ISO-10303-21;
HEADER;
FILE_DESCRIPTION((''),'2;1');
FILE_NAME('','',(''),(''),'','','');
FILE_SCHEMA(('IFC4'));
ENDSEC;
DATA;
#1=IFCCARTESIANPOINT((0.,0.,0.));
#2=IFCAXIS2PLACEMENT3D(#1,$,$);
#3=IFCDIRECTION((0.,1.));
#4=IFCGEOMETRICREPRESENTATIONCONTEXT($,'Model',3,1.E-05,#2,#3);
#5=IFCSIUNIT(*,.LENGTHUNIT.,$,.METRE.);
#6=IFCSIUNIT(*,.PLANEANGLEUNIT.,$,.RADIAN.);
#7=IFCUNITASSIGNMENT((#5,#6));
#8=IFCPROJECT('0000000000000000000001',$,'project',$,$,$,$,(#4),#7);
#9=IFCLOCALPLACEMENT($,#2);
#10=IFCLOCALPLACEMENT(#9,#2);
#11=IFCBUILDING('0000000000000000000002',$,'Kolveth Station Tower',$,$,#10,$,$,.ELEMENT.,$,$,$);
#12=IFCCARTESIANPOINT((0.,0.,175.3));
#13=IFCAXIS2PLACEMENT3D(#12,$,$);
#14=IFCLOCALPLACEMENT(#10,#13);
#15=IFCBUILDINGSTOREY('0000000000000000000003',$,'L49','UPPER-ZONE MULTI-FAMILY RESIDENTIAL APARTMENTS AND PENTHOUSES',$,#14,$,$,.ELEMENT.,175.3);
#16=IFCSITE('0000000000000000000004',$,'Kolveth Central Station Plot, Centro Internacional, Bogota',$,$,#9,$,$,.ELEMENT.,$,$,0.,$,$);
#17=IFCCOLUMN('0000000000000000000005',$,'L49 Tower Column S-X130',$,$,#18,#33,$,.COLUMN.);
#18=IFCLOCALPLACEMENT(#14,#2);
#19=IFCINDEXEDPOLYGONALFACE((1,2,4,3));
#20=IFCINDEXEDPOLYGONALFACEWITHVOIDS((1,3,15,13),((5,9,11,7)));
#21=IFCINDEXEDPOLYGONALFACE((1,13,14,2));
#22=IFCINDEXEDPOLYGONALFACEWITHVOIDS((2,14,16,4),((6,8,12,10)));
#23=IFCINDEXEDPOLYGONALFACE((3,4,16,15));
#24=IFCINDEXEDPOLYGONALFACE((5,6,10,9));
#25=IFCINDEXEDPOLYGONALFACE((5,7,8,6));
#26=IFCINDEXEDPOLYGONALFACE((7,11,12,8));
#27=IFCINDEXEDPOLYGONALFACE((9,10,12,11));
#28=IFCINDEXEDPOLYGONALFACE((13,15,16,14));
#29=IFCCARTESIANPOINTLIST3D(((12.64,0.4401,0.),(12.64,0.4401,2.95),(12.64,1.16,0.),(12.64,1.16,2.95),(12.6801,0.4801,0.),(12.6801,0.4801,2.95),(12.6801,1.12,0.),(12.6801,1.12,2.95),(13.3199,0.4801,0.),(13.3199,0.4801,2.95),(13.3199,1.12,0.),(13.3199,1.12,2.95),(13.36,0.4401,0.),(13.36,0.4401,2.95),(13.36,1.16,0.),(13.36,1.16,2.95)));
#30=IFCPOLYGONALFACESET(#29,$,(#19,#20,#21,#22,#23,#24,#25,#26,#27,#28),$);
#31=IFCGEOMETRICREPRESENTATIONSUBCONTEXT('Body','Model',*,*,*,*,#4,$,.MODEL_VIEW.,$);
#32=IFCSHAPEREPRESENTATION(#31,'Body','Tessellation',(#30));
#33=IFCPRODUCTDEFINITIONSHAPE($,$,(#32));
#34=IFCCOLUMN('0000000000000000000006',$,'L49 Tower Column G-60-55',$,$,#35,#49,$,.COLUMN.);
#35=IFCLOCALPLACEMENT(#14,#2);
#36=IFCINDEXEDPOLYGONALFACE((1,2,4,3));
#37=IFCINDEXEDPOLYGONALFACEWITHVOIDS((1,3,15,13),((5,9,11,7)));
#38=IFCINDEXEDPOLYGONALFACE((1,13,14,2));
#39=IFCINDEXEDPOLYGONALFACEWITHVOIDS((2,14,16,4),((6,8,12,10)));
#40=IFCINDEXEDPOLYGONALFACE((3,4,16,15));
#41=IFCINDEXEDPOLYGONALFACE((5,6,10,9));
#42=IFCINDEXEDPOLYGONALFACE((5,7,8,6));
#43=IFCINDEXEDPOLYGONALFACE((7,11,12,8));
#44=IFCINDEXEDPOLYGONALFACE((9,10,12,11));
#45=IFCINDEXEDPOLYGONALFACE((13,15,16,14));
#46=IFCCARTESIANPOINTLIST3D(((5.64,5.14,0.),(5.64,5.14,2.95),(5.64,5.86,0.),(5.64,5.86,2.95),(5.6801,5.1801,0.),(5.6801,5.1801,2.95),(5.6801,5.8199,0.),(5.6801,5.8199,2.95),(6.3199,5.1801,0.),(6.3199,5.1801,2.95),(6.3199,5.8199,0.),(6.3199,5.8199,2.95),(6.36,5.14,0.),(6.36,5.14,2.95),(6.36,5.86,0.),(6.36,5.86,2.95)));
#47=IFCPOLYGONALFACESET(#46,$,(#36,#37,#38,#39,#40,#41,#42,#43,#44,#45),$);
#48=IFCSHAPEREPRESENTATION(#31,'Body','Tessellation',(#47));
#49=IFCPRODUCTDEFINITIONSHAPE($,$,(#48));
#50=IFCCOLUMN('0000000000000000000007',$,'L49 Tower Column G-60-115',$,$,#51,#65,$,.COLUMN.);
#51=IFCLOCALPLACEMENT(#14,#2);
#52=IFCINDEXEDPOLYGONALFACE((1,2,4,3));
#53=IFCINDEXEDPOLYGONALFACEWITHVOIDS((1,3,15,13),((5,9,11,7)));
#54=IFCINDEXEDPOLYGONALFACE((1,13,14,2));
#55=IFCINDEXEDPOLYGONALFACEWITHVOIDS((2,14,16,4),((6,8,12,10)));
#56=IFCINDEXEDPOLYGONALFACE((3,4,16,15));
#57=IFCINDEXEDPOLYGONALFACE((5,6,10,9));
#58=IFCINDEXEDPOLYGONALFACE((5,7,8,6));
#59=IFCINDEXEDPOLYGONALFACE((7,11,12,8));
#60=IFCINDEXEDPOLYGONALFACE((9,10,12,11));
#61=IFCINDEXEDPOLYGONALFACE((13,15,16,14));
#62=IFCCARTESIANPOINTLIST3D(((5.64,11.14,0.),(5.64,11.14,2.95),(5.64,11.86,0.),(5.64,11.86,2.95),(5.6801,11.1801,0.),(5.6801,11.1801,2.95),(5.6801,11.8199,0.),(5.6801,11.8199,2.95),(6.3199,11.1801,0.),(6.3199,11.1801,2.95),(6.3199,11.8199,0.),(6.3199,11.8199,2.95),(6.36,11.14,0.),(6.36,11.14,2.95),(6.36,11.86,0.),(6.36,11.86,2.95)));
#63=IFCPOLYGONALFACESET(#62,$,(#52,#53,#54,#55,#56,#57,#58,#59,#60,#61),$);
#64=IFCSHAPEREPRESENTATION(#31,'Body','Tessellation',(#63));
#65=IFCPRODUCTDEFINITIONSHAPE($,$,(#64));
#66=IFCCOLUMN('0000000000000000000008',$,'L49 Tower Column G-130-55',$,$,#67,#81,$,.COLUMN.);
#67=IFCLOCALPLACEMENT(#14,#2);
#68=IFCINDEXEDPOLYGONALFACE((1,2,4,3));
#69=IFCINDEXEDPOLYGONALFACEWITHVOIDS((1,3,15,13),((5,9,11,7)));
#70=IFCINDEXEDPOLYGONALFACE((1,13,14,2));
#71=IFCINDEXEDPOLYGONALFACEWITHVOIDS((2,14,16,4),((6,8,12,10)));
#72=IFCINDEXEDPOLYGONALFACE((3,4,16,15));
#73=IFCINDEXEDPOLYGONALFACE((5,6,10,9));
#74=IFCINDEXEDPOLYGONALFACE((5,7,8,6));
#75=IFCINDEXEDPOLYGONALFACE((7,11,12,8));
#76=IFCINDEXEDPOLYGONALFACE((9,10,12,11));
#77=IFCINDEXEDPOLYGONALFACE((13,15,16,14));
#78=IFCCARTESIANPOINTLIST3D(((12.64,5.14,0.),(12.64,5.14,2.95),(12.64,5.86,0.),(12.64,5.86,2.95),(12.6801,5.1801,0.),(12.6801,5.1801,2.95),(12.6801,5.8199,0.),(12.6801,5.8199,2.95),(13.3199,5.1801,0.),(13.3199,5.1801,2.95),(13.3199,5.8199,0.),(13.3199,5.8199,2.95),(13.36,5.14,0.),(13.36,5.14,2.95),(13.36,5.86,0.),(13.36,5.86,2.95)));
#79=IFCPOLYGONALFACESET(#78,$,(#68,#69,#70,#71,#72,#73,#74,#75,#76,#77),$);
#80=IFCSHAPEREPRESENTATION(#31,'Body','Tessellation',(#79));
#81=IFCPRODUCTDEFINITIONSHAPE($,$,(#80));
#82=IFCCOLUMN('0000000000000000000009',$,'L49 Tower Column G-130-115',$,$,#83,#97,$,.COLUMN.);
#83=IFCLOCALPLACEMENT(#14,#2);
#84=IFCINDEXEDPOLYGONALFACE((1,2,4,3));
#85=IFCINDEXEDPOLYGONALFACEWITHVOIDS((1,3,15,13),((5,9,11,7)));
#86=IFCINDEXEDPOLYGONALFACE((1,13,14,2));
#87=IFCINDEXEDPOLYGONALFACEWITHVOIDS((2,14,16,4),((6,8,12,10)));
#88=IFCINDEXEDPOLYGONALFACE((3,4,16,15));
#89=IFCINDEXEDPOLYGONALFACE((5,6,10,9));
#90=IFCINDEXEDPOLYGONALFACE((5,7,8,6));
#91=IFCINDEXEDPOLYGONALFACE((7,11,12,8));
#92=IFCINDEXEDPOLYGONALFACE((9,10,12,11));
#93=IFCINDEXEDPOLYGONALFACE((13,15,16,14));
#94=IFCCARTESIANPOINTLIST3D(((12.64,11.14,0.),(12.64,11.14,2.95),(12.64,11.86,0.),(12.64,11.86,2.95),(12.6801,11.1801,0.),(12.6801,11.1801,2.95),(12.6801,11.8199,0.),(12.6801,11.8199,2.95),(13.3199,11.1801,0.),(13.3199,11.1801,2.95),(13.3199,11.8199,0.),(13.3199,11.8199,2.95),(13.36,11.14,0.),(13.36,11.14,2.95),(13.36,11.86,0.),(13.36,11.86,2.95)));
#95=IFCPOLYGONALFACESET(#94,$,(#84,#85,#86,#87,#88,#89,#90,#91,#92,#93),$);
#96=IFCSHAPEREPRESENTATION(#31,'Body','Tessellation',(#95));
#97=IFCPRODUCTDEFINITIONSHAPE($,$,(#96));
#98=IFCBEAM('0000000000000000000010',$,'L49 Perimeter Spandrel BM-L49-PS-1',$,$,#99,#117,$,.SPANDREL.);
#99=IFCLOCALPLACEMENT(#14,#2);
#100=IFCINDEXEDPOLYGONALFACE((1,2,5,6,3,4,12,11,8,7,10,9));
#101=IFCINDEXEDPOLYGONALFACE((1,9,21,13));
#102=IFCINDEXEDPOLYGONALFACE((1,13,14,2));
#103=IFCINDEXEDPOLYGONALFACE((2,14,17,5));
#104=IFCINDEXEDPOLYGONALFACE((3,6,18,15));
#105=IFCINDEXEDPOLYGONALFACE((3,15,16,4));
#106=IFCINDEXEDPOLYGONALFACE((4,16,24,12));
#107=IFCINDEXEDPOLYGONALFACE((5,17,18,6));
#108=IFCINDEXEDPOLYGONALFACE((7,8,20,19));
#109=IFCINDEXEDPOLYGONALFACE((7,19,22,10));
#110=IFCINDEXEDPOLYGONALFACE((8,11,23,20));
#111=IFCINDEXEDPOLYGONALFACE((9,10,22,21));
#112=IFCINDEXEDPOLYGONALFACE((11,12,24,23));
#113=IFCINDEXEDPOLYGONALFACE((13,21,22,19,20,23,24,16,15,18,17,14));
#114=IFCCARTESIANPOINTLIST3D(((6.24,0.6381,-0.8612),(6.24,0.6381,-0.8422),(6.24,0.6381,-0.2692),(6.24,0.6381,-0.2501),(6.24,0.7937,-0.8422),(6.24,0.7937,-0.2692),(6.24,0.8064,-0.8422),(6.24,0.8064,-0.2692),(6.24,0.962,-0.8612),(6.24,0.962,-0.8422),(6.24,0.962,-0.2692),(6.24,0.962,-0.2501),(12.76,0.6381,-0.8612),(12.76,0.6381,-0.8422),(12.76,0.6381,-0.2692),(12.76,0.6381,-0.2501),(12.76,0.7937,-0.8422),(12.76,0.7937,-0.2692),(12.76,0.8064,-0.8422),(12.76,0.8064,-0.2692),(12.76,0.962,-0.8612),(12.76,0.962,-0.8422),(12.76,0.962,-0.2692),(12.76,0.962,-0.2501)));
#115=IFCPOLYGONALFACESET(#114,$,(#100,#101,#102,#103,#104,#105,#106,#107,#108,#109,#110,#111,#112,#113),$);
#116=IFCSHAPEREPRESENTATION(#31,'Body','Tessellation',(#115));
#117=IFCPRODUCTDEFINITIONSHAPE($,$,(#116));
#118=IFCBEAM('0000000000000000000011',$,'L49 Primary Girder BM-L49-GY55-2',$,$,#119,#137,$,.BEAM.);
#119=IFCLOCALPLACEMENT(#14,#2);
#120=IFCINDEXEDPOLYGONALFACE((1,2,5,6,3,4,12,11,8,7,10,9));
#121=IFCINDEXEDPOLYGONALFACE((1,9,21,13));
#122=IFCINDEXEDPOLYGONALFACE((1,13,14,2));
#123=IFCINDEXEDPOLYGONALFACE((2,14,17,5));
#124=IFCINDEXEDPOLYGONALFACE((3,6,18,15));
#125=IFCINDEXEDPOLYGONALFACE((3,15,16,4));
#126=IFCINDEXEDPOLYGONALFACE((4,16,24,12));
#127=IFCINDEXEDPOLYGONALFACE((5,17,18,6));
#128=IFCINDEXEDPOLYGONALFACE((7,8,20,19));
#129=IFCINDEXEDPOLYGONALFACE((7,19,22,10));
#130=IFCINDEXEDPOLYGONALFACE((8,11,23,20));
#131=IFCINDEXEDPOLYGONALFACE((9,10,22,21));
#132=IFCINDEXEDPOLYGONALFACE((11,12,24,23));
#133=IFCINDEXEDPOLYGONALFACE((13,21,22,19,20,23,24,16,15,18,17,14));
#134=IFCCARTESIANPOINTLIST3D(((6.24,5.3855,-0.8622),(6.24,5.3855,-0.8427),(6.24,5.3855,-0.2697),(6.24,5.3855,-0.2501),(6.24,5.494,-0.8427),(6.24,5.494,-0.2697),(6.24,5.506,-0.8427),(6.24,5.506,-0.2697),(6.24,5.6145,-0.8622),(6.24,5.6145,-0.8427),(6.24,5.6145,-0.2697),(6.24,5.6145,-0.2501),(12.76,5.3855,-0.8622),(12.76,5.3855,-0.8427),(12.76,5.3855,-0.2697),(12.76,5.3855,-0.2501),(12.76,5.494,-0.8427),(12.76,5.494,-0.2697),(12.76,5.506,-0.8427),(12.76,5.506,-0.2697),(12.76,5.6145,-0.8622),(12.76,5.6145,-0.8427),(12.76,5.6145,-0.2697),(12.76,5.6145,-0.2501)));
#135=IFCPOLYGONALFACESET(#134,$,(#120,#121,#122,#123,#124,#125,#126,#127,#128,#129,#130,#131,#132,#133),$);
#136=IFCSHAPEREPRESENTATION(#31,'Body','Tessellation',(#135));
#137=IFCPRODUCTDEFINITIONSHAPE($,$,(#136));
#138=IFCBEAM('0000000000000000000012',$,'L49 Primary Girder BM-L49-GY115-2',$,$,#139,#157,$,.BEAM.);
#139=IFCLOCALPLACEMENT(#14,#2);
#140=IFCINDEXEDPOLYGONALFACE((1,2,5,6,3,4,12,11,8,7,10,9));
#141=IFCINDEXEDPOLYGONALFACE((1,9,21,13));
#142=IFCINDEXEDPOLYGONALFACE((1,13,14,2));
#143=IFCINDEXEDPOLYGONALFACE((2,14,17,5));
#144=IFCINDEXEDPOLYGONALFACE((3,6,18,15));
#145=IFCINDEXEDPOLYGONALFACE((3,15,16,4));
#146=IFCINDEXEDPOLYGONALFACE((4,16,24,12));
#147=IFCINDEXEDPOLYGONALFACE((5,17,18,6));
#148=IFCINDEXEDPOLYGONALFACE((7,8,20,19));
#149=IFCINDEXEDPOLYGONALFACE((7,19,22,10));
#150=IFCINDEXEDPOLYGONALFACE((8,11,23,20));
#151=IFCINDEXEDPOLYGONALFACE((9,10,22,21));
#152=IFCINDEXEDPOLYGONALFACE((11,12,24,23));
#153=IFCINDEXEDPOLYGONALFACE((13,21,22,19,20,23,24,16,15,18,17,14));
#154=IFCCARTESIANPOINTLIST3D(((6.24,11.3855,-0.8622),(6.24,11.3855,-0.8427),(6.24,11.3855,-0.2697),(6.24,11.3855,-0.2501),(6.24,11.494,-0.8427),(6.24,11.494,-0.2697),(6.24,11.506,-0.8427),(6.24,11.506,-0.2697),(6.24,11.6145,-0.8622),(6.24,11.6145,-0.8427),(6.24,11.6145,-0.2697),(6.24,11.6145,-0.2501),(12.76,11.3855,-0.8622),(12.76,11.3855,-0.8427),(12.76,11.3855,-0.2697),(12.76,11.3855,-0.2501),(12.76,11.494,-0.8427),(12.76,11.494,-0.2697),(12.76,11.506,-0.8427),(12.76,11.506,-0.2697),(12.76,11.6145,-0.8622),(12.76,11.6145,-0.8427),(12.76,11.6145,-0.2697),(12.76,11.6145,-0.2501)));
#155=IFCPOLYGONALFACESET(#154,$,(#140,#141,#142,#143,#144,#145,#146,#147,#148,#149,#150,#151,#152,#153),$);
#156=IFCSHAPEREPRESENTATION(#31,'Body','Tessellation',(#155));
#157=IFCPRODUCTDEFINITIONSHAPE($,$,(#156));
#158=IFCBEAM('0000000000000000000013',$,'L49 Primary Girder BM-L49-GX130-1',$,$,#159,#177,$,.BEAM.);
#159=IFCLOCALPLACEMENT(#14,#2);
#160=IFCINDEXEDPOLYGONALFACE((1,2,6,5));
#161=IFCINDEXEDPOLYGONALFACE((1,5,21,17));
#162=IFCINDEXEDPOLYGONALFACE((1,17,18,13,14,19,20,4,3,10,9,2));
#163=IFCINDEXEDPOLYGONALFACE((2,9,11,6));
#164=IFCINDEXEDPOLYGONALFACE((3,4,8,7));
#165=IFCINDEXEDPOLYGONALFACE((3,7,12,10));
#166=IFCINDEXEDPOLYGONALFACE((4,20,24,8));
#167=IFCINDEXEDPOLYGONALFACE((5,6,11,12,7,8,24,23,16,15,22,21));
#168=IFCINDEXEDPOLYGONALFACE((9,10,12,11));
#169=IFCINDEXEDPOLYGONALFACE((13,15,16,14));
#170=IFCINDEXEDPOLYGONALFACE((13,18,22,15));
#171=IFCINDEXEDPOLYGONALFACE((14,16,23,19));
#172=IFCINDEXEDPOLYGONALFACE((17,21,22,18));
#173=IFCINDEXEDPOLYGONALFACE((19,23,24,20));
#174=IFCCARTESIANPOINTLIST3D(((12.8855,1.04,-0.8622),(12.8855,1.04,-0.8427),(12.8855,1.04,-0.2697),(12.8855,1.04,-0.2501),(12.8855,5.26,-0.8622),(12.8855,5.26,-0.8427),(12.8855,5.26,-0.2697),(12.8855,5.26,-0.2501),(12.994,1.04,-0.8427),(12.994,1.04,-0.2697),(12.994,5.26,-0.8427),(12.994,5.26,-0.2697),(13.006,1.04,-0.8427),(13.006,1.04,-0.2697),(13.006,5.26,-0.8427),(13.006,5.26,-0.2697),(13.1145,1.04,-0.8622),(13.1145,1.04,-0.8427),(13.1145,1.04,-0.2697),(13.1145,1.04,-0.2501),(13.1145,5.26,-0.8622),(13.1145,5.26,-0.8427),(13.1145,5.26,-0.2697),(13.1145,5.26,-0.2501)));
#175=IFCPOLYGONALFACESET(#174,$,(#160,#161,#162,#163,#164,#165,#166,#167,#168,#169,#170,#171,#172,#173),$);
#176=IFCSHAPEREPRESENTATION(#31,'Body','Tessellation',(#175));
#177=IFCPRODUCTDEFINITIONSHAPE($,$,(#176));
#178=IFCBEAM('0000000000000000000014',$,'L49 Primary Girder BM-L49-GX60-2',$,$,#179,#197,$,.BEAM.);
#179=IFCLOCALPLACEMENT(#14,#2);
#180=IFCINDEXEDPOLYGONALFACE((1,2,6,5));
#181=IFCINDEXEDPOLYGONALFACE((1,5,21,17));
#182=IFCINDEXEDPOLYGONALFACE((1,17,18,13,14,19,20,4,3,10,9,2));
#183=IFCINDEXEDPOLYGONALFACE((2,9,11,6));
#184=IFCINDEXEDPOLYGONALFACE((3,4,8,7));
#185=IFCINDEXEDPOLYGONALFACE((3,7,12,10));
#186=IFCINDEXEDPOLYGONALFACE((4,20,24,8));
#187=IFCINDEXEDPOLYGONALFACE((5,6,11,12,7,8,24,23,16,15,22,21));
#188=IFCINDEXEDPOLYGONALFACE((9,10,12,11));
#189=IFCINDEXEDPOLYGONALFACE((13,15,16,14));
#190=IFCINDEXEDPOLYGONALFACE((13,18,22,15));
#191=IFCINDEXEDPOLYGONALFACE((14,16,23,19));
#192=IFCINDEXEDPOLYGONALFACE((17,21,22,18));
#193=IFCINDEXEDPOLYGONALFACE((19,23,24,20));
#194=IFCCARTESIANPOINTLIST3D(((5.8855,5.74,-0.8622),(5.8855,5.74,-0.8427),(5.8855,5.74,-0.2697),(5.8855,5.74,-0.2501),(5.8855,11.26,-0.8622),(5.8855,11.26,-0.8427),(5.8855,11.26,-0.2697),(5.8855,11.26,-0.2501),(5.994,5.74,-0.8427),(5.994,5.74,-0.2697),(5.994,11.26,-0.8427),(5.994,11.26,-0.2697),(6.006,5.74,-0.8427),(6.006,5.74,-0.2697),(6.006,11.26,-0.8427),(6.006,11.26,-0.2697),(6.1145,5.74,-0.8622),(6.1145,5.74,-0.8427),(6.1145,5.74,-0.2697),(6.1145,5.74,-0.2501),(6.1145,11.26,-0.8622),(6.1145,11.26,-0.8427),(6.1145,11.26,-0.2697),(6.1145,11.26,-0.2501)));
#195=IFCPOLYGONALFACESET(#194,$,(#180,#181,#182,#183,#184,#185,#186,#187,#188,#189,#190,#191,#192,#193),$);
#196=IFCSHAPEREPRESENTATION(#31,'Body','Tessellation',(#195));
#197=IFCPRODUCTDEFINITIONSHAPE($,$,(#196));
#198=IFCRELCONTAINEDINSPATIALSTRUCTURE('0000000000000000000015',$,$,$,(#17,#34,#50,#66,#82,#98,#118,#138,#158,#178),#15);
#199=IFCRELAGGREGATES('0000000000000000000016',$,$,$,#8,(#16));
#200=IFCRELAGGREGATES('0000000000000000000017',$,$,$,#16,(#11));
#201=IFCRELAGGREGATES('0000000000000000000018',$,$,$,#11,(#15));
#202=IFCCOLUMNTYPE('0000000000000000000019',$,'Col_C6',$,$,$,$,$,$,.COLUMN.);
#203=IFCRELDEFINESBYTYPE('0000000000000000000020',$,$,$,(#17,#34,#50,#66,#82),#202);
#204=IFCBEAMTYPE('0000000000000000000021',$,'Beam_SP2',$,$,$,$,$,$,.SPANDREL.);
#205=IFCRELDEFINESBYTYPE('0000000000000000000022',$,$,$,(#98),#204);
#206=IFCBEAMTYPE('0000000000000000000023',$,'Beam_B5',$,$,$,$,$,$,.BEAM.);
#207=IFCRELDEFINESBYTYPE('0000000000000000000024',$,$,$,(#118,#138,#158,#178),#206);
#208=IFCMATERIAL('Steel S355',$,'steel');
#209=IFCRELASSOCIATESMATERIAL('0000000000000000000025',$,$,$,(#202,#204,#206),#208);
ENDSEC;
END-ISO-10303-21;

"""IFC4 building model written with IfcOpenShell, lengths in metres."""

from ifc_helpers import new_model, si_unit, direction, frame, origin, origin_2d, place, context, subcontext, project, spatial, hollow_rectangle, i_section, extrude, source, transform, mapped, material, material_profile, profile_set, type_object, element, save


model = new_model("IFC4")

# Units and contexts
model_context = context("Model", 3, precision=1e-05, world=origin(), true_north=direction((0.0, 1.0)))
body_context = subcontext(model_context, "Body", "Model", "MODEL_VIEW")
ifc_project = project(units=[si_unit("LENGTHUNIT", "METRE"), si_unit("PLANEANGLEUNIT", "RADIAN")], contexts=[model_context])

# Site, building, storey
site_placement = place(None, origin())
site = spatial("IfcSite", under=ifc_project, at=site_placement, Name="Kolveth Central Station Plot, Centro Internacional, Bogota", CompositionType="ELEMENT", RefElevation=0.0)
building_placement = place(site_placement, origin())
building = spatial("IfcBuilding", under=site, at=building_placement, Name="Kolveth Station Tower", CompositionType="ELEMENT")
storey_placement = place(building_placement, frame((0.0, 0.0, 175.3)))
storey = spatial("IfcBuildingStorey", under=building, at=storey_placement, Name="L49", Description="UPPER-ZONE MULTI-FAMILY RESIDENTIAL APARTMENTS AND PENTHOUSES", CompositionType="ELEMENT", Elevation=175.3)

# Columns
ifc_material_1 = material(Name="Steel S355", Category="steel")
ifc_material_profile_1 = material_profile(ifc_material_1, hollow_rectangle(XDim=0.72, YDim=0.72, WallThickness=0.04, at=origin_2d()), Name="BOX720x720x40")
ifc_profile_set_1 = profile_set([ifc_material_profile_1], Name="Steel S355")
column_type = type_object("IfcColumnType", Name="Col_C6", PredefinedType="COLUMN", material=ifc_profile_set_1)
shared_shape_1 = source(origin(), body_context, "Body", "SweptSolid", [
    extrude(hollow_rectangle(XDim=0.72, YDim=0.72, WallThickness=0.04, at=origin_2d()), origin(), (0.0, 0.0, 1.0), 2.95),
])
for number, where, z_axis, x_axis, name in (
    (1, (13.0, 0.8, 0.0), (0.0, 0.0, 1.0), (1.0, 0.0, 0.0), "L49 Tower Column S-X130"),
    (2, (6.0, 5.5, 0.0), (0.0, 0.0, 1.0), (1.0, 0.0, 0.0), "L49 Tower Column G-60-55"),
    (3, (6.0, 11.5, 0.0), (0.0, 0.0, 1.0), (1.0, 0.0, 0.0), "L49 Tower Column G-60-115"),
    (4, (13.0, 5.5, 0.0), (0.0, 0.0, 1.0), (1.0, 0.0, 0.0), "L49 Tower Column G-130-55"),
    (5, (13.0, 11.5, 0.0), (0.0, 0.0, 1.0), (1.0, 0.0, 0.0), "L49 Tower Column G-130-115"),
):
    element("IfcColumn", number, at=place(storey_placement, frame(where, z_axis=z_axis, x_axis=x_axis)), inside=storey, type_object=column_type, Name=name, PredefinedType="COLUMN", context=body_context, shape_type="MappedRepresentation", body=[
        mapped(shared_shape_1, transform((0.0, 0.0, 0.0), x_axis=(1.0, 0.0, 0.0), y_axis=(0.0, 1.0, 0.0), z_axis=(0.0, 0.0, 1.0), scale=1.0)),
    ])

# Beams
ifc_material_profile_2 = material_profile(ifc_material_1, i_section(OverallWidth=0.324, OverallDepth=0.6111, WebThickness=0.0127, FlangeThickness=0.019, at=origin_2d()), Name="W610x155")
ifc_profile_set_2 = profile_set([ifc_material_profile_2], Name="Steel S355")
beam_type_1 = type_object("IfcBeamType", Name="Beam_SP2", PredefinedType="SPANDREL", material=ifc_profile_set_2)
shared_shape_2 = source(origin(), body_context, "Body", "SweptSolid", [
    extrude(i_section(OverallWidth=0.324, OverallDepth=0.6111, WebThickness=0.0127, FlangeThickness=0.019, at=origin_2d()), origin(), (0.0, 0.0, 1.0), 6.52),
])
beam_1_placement = place(storey_placement, frame((6.24, 0.8, -0.5557), z_axis=(1.0, 0.0, 0.0), x_axis=(0.0, 1.0, 0.0)))
element("IfcBeam", 6, at=beam_1_placement, inside=storey, type_object=beam_type_1, Name="L49 Perimeter Spandrel BM-L49-PS-1", PredefinedType="SPANDREL", context=body_context, shape_type="MappedRepresentation", body=[
    mapped(shared_shape_2, transform((0.0, 0.0, 0.0), x_axis=(1.0, 0.0, 0.0), y_axis=(0.0, 1.0, 0.0), z_axis=(0.0, 0.0, 1.0), scale=1.0)),
])
ifc_material_profile_3 = material_profile(ifc_material_1, i_section(OverallWidth=0.229, OverallDepth=0.6121, WebThickness=0.012, FlangeThickness=0.0195, at=origin_2d()), Name="W610x125")
ifc_profile_set_3 = profile_set([ifc_material_profile_3], Name="Steel S355")
beam_type_2 = type_object("IfcBeamType", Name="Beam_B5", PredefinedType="BEAM", material=ifc_profile_set_3)
shared_shape_3 = source(origin(), body_context, "Body", "SweptSolid", [
    extrude(i_section(OverallWidth=0.229, OverallDepth=0.6121, WebThickness=0.012, FlangeThickness=0.0195, at=origin_2d()), origin(), (0.0, 0.0, 1.0), 6.52),
])
for number, where, z_axis, x_axis, name in (
    (7, (6.24, 5.5, -0.5562), (1.0, 0.0, 0.0), (0.0, 1.0, 0.0), "L49 Primary Girder BM-L49-GY55-2"),
    (8, (6.24, 11.5, -0.5562), (1.0, 0.0, 0.0), (0.0, 1.0, 0.0), "L49 Primary Girder BM-L49-GY115-2"),
):
    element("IfcBeam", number, at=place(storey_placement, frame(where, z_axis=z_axis, x_axis=x_axis)), inside=storey, type_object=beam_type_2, Name=name, PredefinedType="BEAM", context=body_context, shape_type="MappedRepresentation", body=[
        mapped(shared_shape_3, transform((0.0, 0.0, 0.0), x_axis=(1.0, 0.0, 0.0), y_axis=(0.0, 1.0, 0.0), z_axis=(0.0, 0.0, 1.0), scale=1.0)),
    ])
shared_shape_4 = source(origin(), body_context, "Body", "SweptSolid", [
    extrude(i_section(OverallWidth=0.229, OverallDepth=0.6121, WebThickness=0.012, FlangeThickness=0.0195, at=origin_2d()), origin(), (0.0, 0.0, 1.0), 4.22),
])
beam_2_placement = place(storey_placement, frame((13.0, 1.04, -0.5562), z_axis=(0.0, 1.0, 0.0), x_axis=(-1.0, 0.0, 0.0)))
element("IfcBeam", 9, at=beam_2_placement, inside=storey, type_object=beam_type_2, Name="L49 Primary Girder BM-L49-GX130-1", PredefinedType="BEAM", context=body_context, shape_type="MappedRepresentation", body=[
    mapped(shared_shape_4, transform((0.0, 0.0, 0.0), x_axis=(1.0, 0.0, 0.0), y_axis=(0.0, 1.0, 0.0), z_axis=(0.0, 0.0, 1.0), scale=1.0)),
])
shared_shape_5 = source(origin(), body_context, "Body", "SweptSolid", [
    extrude(i_section(OverallWidth=0.229, OverallDepth=0.6121, WebThickness=0.012, FlangeThickness=0.0195, at=origin_2d()), origin(), (0.0, 0.0, 1.0), 5.52),
])
for number, where, z_axis, x_axis, name in (
    (10, (6.0, 5.74, -0.5562), (0.0, 1.0, 0.0), (-1.0, 0.0, 0.0), "L49 Primary Girder BM-L49-GX60-2"),
):
    element("IfcBeam", number, at=place(storey_placement, frame(where, z_axis=z_axis, x_axis=x_axis)), inside=storey, type_object=beam_type_2, Name=name, PredefinedType="BEAM", context=body_context, shape_type="MappedRepresentation", body=[
        mapped(shared_shape_5, transform((0.0, 0.0, 0.0), x_axis=(1.0, 0.0, 0.0), y_axis=(0.0, 1.0, 0.0), z_axis=(0.0, 0.0, 1.0), scale=1.0)),
    ])

save(model, "model.ifc")
